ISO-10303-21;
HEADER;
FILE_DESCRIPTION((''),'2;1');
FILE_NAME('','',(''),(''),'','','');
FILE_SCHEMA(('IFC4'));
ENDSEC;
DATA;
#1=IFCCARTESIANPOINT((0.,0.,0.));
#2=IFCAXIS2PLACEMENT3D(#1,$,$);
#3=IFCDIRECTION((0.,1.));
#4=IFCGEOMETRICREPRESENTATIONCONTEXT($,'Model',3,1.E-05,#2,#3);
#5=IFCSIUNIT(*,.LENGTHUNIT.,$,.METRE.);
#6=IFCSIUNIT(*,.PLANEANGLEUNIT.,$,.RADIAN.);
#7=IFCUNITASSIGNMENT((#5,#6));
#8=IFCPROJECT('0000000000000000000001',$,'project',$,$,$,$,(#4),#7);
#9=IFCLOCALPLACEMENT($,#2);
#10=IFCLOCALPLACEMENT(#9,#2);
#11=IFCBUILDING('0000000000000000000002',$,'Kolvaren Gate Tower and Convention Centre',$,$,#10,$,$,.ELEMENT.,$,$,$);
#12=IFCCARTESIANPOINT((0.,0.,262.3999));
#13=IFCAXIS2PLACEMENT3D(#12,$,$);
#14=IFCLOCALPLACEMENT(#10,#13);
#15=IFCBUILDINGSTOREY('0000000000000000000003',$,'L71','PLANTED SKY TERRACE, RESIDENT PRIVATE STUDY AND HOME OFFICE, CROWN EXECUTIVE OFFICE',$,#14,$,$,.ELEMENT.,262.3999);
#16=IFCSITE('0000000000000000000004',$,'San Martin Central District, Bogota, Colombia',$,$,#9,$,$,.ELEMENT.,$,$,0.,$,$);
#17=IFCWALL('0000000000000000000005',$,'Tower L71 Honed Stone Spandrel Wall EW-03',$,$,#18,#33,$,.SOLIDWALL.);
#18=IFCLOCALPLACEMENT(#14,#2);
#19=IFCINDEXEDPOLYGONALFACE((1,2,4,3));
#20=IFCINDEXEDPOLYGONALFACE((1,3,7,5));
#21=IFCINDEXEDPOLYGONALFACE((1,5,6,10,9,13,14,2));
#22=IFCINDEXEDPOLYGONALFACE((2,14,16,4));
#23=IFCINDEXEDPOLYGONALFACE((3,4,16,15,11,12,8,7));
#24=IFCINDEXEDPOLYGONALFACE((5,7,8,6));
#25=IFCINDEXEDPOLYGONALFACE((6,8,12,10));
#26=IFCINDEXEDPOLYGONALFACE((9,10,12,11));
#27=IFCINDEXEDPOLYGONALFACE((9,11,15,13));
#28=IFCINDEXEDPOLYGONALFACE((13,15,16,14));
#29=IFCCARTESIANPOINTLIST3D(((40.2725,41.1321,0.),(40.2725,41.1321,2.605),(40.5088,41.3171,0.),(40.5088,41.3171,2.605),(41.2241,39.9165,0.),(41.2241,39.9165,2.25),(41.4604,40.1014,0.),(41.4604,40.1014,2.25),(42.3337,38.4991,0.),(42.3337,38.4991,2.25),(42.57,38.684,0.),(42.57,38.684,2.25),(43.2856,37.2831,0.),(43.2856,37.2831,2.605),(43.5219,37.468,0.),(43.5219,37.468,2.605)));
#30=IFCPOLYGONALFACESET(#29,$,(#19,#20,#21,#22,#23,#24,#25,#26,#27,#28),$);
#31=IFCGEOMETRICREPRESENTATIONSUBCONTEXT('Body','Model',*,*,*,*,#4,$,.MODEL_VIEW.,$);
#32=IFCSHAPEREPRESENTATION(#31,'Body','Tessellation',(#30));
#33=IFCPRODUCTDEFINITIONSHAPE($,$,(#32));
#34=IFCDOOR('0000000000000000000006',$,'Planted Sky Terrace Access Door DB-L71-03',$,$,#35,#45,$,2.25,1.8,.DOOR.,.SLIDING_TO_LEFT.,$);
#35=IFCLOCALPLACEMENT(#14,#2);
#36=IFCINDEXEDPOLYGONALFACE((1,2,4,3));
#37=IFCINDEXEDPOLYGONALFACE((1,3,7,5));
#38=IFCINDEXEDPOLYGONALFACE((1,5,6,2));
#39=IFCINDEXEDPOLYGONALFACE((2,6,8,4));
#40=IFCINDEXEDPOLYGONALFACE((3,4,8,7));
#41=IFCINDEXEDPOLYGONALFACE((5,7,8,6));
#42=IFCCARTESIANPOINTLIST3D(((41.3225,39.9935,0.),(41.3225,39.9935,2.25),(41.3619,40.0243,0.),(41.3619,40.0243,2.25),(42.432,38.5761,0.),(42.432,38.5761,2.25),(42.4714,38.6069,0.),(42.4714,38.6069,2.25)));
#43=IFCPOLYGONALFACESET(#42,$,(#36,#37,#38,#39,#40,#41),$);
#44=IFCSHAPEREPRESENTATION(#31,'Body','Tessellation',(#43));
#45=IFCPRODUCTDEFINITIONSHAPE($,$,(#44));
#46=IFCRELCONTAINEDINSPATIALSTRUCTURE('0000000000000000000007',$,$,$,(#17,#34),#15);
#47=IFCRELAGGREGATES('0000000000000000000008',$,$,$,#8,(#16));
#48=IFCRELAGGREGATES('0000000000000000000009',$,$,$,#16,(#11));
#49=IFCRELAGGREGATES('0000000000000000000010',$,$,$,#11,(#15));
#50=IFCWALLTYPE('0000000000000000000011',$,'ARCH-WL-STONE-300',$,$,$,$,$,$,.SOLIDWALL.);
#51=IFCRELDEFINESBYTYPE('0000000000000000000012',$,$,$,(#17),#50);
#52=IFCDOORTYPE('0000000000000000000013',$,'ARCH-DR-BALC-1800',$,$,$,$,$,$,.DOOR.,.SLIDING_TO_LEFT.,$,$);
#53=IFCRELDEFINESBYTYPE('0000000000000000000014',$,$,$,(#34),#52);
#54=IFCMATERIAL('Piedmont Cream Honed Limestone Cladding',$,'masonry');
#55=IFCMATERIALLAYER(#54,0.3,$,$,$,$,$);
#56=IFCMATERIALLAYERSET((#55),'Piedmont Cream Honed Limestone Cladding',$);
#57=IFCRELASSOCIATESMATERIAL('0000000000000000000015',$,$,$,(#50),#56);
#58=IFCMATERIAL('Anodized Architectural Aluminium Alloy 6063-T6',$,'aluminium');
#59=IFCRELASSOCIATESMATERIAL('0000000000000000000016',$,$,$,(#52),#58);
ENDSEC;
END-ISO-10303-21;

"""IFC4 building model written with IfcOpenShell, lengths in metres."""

from ifc_helpers import new_model, si_unit, direction, frame, frame_2d, origin, place, context, subcontext, project, spatial, rectangle, extrude, material, layer, layer_set, type_object, element, fill, save


model = new_model("IFC4")

# Units and contexts
model_context = context("Model", 3, precision=1e-05, world=origin(), true_north=direction((0.0, 1.0)))
body_context = subcontext(model_context, "Body", "Model", "MODEL_VIEW")
ifc_project = project(units=[si_unit("LENGTHUNIT", "METRE"), si_unit("PLANEANGLEUNIT", "RADIAN")], contexts=[model_context])

# Site, building, storey
site_placement = place(None, origin())
site = spatial("IfcSite", under=ifc_project, at=site_placement, Name="San Martin Central District, Bogota, Colombia", CompositionType="ELEMENT", RefElevation=0.0)
building_placement = place(site_placement, origin())
building = spatial("IfcBuilding", under=site, at=building_placement, Name="Kolvaren Gate Tower and Convention Centre", CompositionType="ELEMENT")
storey_placement = place(building_placement, frame((0.0, 0.0, 262.3999)))
storey = spatial("IfcBuildingStorey", under=building, at=storey_placement, Name="L71", Description="PLANTED SKY TERRACE, RESIDENT PRIVATE STUDY AND HOME OFFICE, CROWN EXECUTIVE OFFICE", CompositionType="ELEMENT", Elevation=262.3999)

# Shared definitions
ifc_material_1 = material(Name="Piedmont Cream Honed Limestone Cladding", Category="masonry")

# Shared definitions
ifc_layer_1 = layer(ifc_material_1, 0.3)
ifc_layer_set_1 = layer_set([ifc_layer_1], Name="Piedmont Cream Honed Limestone Cladding")
wall_type_1 = type_object("IfcWallType", Name="ARCH-WL-STONE-300", PredefinedType="SOLIDWALL", material=ifc_layer_set_1)

# Wall, opening, door
wall_1_placement = place(storey_placement, frame((40.3906, 41.2246, 0.0), z_axis=(0.0, 0.0, 1.0), x_axis=(0.616413, -0.787423, 0.0)))
wall_1 = element("IfcWall", 1, at=wall_1_placement, inside=storey, type_object=wall_type_1, Name="Tower L71 Honed Stone Spandrel Wall EW-03", PredefinedType="SOLIDWALL", context=body_context, shape_type="SweptSolid", body=[
    extrude(rectangle(XDim=4.8882, YDim=0.3, at=frame_2d((2.4441, 0.0))), origin(), (0.0, 0.0, 1.0), 2.605),
])
opening_1_placement = place(wall_1_placement, frame((1.5439, 0.0, 0.0)))
opening_1 = element("IfcOpeningElement", 2, at=opening_1_placement, cuts=wall_1, PredefinedType="OPENING", context=body_context, shape_type="SweptSolid", body=[
    extrude(rectangle(XDim=1.8, YDim=2.25, at=frame_2d((0.8999, 1.125))), frame((0.0, 0.1599, 0.0), z_axis=(0.0, -1.0, 0.0), x_axis=(1.0, 0.0, 0.0)), (0.0, 0.0, 1.0), 0.3201),
])
ifc_material_2 = material(Name="Anodized Architectural Aluminium Alloy 6063-T6", Category="aluminium")
door_type = type_object("IfcDoorType", Name="ARCH-DR-BALC-1800", OperationType="SLIDING_TO_LEFT", PredefinedType="DOOR", material=ifc_material_2)
door_placement = place(opening_1_placement, origin())
door = element("IfcDoor", 3, at=door_placement, inside=storey, type_object=door_type, Name="Planted Sky Terrace Access Door DB-L71-03", OperationType="SLIDING_TO_LEFT", OverallHeight=2.25, OverallWidth=1.8, PredefinedType="DOOR", context=body_context, shape_type="SweptSolid", body=[
    extrude(rectangle(XDim=1.8, YDim=2.25, at=frame_2d((0.8999, 1.125))), frame((0.0, 0.0249, 0.0), z_axis=(0.0, -1.0, 0.0), x_axis=(1.0, 0.0, 0.0)), (0.0, 0.0, 1.0), 0.05),
])
fill(opening_1, door)

save(model, "model.ifc")
